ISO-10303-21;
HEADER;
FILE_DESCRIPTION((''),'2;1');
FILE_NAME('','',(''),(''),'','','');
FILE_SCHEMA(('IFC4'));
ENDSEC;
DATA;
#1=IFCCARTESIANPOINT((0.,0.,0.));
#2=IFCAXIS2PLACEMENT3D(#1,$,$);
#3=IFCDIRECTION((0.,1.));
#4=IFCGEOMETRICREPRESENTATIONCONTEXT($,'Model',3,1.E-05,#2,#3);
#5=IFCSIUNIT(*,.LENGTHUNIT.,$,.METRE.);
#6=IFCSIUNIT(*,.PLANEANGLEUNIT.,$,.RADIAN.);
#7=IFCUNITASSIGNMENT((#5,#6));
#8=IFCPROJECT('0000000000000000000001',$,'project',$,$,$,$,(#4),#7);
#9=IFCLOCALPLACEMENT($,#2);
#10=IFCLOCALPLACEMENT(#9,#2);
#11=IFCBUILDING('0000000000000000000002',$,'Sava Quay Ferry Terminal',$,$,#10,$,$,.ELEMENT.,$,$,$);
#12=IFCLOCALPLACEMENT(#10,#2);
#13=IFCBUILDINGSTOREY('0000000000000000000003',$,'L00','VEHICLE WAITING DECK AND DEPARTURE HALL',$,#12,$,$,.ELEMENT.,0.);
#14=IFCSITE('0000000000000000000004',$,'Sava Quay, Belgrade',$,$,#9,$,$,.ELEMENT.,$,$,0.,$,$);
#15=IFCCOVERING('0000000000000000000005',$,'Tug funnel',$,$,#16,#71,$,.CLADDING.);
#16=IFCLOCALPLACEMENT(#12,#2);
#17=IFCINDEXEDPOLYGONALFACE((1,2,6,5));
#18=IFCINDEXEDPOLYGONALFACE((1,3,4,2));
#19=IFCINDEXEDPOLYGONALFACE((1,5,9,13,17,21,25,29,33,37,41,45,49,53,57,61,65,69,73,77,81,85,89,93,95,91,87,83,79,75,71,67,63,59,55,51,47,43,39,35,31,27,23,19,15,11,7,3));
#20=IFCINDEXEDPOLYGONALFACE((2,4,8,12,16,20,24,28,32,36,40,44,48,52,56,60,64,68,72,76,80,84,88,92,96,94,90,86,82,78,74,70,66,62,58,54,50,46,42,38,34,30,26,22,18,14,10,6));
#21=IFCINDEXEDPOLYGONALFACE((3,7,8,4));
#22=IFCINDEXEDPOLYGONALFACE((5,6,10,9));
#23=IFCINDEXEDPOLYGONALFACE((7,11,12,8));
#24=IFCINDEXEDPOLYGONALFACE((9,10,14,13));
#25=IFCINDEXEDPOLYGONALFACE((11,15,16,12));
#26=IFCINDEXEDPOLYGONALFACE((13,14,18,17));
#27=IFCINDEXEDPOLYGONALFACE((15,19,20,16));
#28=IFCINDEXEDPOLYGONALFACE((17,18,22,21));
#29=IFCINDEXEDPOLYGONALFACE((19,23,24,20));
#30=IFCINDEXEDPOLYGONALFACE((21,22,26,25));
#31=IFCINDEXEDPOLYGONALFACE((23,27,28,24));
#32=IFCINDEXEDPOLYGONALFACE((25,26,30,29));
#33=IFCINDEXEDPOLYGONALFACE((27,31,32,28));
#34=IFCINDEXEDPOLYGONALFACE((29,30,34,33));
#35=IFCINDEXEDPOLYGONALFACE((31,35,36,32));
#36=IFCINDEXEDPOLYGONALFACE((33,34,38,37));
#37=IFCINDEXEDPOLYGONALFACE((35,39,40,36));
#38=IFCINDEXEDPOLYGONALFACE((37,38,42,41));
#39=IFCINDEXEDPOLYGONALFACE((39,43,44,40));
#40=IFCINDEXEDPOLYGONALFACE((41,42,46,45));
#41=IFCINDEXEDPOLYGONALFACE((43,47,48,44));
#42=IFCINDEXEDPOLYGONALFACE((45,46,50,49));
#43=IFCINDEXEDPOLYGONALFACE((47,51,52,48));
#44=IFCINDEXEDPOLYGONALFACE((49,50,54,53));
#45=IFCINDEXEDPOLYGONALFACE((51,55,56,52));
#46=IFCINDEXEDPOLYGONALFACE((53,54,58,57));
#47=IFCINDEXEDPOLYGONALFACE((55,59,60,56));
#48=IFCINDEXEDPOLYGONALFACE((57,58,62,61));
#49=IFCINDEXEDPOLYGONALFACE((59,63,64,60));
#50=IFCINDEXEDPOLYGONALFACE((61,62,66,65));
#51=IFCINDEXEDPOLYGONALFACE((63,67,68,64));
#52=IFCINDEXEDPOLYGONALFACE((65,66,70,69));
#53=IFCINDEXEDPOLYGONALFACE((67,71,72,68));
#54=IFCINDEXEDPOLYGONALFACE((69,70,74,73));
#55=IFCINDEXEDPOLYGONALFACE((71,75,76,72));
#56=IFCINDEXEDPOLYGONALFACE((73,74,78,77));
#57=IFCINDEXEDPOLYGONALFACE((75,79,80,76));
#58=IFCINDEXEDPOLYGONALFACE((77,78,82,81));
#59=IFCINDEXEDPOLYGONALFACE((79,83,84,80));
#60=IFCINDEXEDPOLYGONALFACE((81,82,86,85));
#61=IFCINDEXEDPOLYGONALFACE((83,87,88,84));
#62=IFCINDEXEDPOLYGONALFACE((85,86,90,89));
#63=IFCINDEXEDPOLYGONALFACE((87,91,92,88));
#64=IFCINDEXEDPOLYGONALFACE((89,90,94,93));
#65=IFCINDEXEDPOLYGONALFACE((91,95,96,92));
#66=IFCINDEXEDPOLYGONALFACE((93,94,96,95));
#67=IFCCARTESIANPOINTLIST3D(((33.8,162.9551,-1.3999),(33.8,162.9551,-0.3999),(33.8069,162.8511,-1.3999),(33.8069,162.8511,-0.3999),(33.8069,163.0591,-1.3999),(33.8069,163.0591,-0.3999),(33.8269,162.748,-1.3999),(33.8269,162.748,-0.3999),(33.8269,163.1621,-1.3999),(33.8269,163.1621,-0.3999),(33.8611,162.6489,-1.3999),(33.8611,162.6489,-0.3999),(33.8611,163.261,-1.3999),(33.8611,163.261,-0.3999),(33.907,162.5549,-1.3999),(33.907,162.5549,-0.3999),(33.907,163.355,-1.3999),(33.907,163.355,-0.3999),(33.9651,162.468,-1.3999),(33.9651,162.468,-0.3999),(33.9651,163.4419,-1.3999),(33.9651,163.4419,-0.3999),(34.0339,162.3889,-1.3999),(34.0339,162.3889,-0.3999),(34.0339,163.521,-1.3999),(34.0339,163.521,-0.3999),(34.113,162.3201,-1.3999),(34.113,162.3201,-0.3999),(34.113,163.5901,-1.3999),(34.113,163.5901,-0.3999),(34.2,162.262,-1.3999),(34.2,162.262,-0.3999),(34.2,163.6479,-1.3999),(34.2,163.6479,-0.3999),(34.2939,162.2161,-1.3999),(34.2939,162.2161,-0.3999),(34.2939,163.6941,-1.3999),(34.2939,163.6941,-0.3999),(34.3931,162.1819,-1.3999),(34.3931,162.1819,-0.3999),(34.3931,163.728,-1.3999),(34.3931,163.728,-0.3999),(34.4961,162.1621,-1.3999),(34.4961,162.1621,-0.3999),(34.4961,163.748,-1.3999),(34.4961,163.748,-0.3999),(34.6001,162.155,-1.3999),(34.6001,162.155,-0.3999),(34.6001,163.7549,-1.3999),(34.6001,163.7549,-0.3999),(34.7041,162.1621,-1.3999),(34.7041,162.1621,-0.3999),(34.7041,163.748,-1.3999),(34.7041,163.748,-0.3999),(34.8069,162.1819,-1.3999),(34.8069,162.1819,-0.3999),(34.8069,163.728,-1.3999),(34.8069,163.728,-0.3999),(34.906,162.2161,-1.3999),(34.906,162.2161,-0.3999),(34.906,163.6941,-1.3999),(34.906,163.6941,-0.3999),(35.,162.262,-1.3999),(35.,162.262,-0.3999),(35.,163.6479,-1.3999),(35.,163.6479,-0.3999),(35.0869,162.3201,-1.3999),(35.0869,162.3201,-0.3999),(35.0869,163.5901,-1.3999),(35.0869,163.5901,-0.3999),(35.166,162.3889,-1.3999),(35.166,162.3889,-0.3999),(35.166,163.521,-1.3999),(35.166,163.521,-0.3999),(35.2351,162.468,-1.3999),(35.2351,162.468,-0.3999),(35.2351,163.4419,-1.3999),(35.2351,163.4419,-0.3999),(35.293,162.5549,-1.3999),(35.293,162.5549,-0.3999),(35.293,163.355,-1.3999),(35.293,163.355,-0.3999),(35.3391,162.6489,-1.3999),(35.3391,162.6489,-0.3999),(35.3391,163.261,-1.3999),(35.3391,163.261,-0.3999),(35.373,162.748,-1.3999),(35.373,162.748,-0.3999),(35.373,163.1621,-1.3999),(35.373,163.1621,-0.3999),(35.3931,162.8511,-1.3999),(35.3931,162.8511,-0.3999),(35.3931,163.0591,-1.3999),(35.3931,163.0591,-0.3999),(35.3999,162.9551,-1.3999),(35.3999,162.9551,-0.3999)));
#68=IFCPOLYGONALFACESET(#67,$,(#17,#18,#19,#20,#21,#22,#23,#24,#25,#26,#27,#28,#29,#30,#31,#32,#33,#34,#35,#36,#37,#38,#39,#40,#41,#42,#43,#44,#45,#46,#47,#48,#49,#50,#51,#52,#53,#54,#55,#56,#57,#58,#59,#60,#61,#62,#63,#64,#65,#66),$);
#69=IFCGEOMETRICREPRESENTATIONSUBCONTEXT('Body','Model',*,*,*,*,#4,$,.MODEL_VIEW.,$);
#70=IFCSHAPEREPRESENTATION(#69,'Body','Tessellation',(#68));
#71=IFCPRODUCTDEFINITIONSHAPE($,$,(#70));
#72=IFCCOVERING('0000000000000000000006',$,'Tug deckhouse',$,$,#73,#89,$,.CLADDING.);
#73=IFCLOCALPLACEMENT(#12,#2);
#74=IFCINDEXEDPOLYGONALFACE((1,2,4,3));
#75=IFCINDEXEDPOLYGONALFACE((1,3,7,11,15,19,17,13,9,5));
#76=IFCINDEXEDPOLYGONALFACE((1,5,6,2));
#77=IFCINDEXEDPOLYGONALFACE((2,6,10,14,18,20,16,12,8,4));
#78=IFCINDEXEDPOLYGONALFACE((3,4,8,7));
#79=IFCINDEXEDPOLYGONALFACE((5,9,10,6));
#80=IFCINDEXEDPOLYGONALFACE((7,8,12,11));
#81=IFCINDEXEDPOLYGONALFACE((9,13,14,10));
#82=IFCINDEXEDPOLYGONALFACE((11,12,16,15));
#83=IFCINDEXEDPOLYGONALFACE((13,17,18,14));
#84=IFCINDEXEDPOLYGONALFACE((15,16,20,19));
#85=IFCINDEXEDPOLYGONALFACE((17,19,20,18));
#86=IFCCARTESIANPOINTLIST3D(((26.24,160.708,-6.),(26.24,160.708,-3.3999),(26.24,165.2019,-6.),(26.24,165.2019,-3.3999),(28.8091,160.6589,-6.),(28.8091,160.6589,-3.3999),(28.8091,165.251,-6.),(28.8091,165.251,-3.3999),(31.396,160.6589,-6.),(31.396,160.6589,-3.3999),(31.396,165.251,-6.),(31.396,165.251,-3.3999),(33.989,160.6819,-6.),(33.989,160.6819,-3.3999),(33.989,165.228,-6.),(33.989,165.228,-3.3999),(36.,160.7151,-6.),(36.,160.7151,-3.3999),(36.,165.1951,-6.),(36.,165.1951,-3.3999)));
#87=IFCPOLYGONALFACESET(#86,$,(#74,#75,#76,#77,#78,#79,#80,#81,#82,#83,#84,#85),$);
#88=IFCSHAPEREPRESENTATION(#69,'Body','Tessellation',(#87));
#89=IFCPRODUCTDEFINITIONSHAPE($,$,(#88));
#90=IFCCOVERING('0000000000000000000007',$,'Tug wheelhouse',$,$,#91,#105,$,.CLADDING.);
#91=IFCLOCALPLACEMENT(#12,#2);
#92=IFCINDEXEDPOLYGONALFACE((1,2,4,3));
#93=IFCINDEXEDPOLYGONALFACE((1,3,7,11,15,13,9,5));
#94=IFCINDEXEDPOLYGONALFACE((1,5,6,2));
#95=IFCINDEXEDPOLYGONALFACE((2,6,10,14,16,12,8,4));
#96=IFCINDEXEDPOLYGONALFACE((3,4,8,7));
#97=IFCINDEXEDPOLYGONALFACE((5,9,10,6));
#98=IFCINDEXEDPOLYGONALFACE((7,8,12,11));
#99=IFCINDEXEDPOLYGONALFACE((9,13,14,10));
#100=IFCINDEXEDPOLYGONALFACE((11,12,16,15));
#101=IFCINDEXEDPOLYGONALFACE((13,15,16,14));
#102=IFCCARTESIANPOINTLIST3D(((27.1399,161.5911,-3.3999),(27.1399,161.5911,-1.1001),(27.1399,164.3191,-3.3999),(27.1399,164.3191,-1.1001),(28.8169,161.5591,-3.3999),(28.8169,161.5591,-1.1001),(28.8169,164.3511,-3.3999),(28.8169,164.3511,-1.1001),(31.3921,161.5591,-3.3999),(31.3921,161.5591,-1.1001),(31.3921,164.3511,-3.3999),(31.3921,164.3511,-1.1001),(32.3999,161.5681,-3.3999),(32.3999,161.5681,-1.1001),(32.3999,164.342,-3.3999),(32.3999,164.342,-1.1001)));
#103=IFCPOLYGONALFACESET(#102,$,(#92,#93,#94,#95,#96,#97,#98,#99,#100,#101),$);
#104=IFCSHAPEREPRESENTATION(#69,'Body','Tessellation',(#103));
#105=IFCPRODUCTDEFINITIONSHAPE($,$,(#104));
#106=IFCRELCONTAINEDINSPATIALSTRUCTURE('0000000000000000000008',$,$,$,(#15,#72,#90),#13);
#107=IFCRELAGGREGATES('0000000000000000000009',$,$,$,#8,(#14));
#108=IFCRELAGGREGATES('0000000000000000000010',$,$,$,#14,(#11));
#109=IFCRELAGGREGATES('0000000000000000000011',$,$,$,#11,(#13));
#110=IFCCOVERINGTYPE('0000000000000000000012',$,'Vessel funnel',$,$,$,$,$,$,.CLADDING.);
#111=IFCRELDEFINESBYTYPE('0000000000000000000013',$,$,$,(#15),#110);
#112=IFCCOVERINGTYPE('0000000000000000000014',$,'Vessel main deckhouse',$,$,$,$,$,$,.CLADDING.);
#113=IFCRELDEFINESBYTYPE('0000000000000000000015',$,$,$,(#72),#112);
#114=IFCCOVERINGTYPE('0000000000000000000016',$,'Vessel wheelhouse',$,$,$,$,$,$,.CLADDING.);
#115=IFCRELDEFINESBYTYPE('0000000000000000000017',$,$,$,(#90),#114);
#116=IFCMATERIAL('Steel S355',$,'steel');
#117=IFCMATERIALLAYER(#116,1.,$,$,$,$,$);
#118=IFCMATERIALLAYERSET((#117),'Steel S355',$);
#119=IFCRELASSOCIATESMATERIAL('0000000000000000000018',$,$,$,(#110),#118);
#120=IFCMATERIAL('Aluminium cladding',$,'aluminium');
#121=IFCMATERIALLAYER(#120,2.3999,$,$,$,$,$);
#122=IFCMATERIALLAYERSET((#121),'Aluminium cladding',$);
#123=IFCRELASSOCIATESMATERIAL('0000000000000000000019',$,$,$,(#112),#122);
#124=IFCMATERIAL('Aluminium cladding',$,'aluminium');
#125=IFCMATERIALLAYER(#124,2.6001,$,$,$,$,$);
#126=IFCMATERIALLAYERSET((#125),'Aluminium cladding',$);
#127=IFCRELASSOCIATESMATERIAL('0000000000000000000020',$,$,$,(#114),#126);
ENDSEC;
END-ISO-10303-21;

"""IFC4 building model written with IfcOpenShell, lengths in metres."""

from ifc_helpers import new_model, si_unit, direction, frame, origin, place, context, subcontext, project, spatial, polyline, outline, extrude, material, layer, layer_set, type_object, element, save


model = new_model("IFC4")

# Units and contexts
model_context = context("Model", 3, precision=1e-05, world=origin(), true_north=direction((0.0, 1.0)))
body_context = subcontext(model_context, "Body", "Model", "MODEL_VIEW")
ifc_project = project(units=[si_unit("LENGTHUNIT", "METRE"), si_unit("PLANEANGLEUNIT", "RADIAN")], contexts=[model_context])

# Site, building, storey
site_placement = place(None, origin())
site = spatial("IfcSite", under=ifc_project, at=site_placement, Name="Sava Quay, Belgrade", CompositionType="ELEMENT", RefElevation=0.0)
building_placement = place(site_placement, origin())
building = spatial("IfcBuilding", under=site, at=building_placement, Name="Sava Quay Ferry Terminal", CompositionType="ELEMENT")
storey_placement = place(building_placement, origin())
storey = spatial("IfcBuildingStorey", under=building, at=storey_placement, Name="L00", Description="VEHICLE WAITING DECK AND DEPARTURE HALL", CompositionType="ELEMENT", Elevation=0.0)

# Coverings
ifc_material_1 = material(Name="Steel S355", Category="steel")
ifc_layer_1 = layer(ifc_material_1, 1.0)
ifc_layer_set_1 = layer_set([ifc_layer_1], Name="Steel S355")
covering_type_1 = type_object("IfcCoveringType", Name="Vessel funnel", PredefinedType="CLADDING", material=ifc_layer_set_1)
covering_1_placement = place(storey_placement, frame((0.0, 0.0, -1.3999)))
element("IfcCovering", 1, at=covering_1_placement, inside=storey, type_object=covering_type_1, Name="Tug funnel", PredefinedType="CLADDING", context=body_context, shape_type="SweptSolid", body=[
    extrude(outline(polyline([(33.8, 162.9551), (33.8069, 162.8511), (33.8269, 162.748), (33.8611, 162.6489), (33.907, 162.5549), (33.9651, 162.468), (34.0339, 162.3889), (34.113, 162.3201), (34.2, 162.262), (34.2939, 162.2161), (34.3931, 162.1819), (34.4961, 162.1621), (34.6001, 162.155), (34.7041, 162.1621), (34.8069, 162.1819), (34.906, 162.2161), (35.0, 162.262), (35.0869, 162.3201), (35.166, 162.3889), (35.2351, 162.468), (35.293, 162.5549), (35.3391, 162.6489), (35.373, 162.748), (35.3931, 162.8511), (35.3999, 162.9551), (35.3931, 163.0591), (35.373, 163.1621), (35.3391, 163.261), (35.293, 163.355), (35.2351, 163.4419), (35.166, 163.521), (35.0869, 163.5901), (35.0, 163.6479), (34.906, 163.6941), (34.8069, 163.728), (34.7041, 163.748), (34.6001, 163.7549), (34.4961, 163.748), (34.3931, 163.728), (34.2939, 163.6941), (34.2, 163.6479), (34.113, 163.5901), (34.0339, 163.521), (33.9651, 163.4419), (33.907, 163.355), (33.8611, 163.261), (33.8269, 163.1621), (33.8069, 163.0591), (33.8, 162.9551)])), origin(), (0.0, 0.0, 1.0), 1.0),
])
ifc_material_2 = material(Name="Aluminium cladding", Category="aluminium")
ifc_layer_2 = layer(ifc_material_2, 2.3999)
ifc_layer_set_2 = layer_set([ifc_layer_2], Name="Aluminium cladding")
covering_type_2 = type_object("IfcCoveringType", Name="Vessel main deckhouse", PredefinedType="CLADDING", material=ifc_layer_set_2)
covering_2_placement = place(storey_placement, frame((0.0, 0.0, -6.0)))
element("IfcCovering", 2, at=covering_2_placement, inside=storey, type_object=covering_type_2, Name="Tug deckhouse", PredefinedType="CLADDING", context=body_context, shape_type="SweptSolid", body=[
    extrude(outline(polyline([(33.989, 165.228), (31.396, 165.251), (28.8091, 165.251), (26.24, 165.2019), (26.24, 160.708), (28.8091, 160.6589), (31.396, 160.6589), (33.989, 160.6819), (36.0, 160.7151), (36.0, 165.1951), (33.989, 165.228)])), origin(), (0.0, 0.0, 1.0), 2.6001),
])
ifc_material_3 = material(Name="Aluminium cladding", Category="aluminium")
ifc_layer_3 = layer(ifc_material_3, 2.6001)
ifc_layer_set_3 = layer_set([ifc_layer_3], Name="Aluminium cladding")
covering_type_3 = type_object("IfcCoveringType", Name="Vessel wheelhouse", PredefinedType="CLADDING", material=ifc_layer_set_3)
covering_3_placement = place(storey_placement, frame((0.0, 0.0, -3.3999)))
element("IfcCovering", 3, at=covering_3_placement, inside=storey, type_object=covering_type_3, Name="Tug wheelhouse", PredefinedType="CLADDING", context=body_context, shape_type="SweptSolid", body=[
    extrude(outline(polyline([(31.3921, 164.3511), (28.8169, 164.3511), (27.1399, 164.3191), (27.1399, 161.5911), (28.8169, 161.5591), (31.3921, 161.5591), (32.3999, 161.5681), (32.3999, 164.342), (31.3921, 164.3511)])), origin(), (0.0, 0.0, 1.0), 2.2998),
])

save(model, "model.ifc")
